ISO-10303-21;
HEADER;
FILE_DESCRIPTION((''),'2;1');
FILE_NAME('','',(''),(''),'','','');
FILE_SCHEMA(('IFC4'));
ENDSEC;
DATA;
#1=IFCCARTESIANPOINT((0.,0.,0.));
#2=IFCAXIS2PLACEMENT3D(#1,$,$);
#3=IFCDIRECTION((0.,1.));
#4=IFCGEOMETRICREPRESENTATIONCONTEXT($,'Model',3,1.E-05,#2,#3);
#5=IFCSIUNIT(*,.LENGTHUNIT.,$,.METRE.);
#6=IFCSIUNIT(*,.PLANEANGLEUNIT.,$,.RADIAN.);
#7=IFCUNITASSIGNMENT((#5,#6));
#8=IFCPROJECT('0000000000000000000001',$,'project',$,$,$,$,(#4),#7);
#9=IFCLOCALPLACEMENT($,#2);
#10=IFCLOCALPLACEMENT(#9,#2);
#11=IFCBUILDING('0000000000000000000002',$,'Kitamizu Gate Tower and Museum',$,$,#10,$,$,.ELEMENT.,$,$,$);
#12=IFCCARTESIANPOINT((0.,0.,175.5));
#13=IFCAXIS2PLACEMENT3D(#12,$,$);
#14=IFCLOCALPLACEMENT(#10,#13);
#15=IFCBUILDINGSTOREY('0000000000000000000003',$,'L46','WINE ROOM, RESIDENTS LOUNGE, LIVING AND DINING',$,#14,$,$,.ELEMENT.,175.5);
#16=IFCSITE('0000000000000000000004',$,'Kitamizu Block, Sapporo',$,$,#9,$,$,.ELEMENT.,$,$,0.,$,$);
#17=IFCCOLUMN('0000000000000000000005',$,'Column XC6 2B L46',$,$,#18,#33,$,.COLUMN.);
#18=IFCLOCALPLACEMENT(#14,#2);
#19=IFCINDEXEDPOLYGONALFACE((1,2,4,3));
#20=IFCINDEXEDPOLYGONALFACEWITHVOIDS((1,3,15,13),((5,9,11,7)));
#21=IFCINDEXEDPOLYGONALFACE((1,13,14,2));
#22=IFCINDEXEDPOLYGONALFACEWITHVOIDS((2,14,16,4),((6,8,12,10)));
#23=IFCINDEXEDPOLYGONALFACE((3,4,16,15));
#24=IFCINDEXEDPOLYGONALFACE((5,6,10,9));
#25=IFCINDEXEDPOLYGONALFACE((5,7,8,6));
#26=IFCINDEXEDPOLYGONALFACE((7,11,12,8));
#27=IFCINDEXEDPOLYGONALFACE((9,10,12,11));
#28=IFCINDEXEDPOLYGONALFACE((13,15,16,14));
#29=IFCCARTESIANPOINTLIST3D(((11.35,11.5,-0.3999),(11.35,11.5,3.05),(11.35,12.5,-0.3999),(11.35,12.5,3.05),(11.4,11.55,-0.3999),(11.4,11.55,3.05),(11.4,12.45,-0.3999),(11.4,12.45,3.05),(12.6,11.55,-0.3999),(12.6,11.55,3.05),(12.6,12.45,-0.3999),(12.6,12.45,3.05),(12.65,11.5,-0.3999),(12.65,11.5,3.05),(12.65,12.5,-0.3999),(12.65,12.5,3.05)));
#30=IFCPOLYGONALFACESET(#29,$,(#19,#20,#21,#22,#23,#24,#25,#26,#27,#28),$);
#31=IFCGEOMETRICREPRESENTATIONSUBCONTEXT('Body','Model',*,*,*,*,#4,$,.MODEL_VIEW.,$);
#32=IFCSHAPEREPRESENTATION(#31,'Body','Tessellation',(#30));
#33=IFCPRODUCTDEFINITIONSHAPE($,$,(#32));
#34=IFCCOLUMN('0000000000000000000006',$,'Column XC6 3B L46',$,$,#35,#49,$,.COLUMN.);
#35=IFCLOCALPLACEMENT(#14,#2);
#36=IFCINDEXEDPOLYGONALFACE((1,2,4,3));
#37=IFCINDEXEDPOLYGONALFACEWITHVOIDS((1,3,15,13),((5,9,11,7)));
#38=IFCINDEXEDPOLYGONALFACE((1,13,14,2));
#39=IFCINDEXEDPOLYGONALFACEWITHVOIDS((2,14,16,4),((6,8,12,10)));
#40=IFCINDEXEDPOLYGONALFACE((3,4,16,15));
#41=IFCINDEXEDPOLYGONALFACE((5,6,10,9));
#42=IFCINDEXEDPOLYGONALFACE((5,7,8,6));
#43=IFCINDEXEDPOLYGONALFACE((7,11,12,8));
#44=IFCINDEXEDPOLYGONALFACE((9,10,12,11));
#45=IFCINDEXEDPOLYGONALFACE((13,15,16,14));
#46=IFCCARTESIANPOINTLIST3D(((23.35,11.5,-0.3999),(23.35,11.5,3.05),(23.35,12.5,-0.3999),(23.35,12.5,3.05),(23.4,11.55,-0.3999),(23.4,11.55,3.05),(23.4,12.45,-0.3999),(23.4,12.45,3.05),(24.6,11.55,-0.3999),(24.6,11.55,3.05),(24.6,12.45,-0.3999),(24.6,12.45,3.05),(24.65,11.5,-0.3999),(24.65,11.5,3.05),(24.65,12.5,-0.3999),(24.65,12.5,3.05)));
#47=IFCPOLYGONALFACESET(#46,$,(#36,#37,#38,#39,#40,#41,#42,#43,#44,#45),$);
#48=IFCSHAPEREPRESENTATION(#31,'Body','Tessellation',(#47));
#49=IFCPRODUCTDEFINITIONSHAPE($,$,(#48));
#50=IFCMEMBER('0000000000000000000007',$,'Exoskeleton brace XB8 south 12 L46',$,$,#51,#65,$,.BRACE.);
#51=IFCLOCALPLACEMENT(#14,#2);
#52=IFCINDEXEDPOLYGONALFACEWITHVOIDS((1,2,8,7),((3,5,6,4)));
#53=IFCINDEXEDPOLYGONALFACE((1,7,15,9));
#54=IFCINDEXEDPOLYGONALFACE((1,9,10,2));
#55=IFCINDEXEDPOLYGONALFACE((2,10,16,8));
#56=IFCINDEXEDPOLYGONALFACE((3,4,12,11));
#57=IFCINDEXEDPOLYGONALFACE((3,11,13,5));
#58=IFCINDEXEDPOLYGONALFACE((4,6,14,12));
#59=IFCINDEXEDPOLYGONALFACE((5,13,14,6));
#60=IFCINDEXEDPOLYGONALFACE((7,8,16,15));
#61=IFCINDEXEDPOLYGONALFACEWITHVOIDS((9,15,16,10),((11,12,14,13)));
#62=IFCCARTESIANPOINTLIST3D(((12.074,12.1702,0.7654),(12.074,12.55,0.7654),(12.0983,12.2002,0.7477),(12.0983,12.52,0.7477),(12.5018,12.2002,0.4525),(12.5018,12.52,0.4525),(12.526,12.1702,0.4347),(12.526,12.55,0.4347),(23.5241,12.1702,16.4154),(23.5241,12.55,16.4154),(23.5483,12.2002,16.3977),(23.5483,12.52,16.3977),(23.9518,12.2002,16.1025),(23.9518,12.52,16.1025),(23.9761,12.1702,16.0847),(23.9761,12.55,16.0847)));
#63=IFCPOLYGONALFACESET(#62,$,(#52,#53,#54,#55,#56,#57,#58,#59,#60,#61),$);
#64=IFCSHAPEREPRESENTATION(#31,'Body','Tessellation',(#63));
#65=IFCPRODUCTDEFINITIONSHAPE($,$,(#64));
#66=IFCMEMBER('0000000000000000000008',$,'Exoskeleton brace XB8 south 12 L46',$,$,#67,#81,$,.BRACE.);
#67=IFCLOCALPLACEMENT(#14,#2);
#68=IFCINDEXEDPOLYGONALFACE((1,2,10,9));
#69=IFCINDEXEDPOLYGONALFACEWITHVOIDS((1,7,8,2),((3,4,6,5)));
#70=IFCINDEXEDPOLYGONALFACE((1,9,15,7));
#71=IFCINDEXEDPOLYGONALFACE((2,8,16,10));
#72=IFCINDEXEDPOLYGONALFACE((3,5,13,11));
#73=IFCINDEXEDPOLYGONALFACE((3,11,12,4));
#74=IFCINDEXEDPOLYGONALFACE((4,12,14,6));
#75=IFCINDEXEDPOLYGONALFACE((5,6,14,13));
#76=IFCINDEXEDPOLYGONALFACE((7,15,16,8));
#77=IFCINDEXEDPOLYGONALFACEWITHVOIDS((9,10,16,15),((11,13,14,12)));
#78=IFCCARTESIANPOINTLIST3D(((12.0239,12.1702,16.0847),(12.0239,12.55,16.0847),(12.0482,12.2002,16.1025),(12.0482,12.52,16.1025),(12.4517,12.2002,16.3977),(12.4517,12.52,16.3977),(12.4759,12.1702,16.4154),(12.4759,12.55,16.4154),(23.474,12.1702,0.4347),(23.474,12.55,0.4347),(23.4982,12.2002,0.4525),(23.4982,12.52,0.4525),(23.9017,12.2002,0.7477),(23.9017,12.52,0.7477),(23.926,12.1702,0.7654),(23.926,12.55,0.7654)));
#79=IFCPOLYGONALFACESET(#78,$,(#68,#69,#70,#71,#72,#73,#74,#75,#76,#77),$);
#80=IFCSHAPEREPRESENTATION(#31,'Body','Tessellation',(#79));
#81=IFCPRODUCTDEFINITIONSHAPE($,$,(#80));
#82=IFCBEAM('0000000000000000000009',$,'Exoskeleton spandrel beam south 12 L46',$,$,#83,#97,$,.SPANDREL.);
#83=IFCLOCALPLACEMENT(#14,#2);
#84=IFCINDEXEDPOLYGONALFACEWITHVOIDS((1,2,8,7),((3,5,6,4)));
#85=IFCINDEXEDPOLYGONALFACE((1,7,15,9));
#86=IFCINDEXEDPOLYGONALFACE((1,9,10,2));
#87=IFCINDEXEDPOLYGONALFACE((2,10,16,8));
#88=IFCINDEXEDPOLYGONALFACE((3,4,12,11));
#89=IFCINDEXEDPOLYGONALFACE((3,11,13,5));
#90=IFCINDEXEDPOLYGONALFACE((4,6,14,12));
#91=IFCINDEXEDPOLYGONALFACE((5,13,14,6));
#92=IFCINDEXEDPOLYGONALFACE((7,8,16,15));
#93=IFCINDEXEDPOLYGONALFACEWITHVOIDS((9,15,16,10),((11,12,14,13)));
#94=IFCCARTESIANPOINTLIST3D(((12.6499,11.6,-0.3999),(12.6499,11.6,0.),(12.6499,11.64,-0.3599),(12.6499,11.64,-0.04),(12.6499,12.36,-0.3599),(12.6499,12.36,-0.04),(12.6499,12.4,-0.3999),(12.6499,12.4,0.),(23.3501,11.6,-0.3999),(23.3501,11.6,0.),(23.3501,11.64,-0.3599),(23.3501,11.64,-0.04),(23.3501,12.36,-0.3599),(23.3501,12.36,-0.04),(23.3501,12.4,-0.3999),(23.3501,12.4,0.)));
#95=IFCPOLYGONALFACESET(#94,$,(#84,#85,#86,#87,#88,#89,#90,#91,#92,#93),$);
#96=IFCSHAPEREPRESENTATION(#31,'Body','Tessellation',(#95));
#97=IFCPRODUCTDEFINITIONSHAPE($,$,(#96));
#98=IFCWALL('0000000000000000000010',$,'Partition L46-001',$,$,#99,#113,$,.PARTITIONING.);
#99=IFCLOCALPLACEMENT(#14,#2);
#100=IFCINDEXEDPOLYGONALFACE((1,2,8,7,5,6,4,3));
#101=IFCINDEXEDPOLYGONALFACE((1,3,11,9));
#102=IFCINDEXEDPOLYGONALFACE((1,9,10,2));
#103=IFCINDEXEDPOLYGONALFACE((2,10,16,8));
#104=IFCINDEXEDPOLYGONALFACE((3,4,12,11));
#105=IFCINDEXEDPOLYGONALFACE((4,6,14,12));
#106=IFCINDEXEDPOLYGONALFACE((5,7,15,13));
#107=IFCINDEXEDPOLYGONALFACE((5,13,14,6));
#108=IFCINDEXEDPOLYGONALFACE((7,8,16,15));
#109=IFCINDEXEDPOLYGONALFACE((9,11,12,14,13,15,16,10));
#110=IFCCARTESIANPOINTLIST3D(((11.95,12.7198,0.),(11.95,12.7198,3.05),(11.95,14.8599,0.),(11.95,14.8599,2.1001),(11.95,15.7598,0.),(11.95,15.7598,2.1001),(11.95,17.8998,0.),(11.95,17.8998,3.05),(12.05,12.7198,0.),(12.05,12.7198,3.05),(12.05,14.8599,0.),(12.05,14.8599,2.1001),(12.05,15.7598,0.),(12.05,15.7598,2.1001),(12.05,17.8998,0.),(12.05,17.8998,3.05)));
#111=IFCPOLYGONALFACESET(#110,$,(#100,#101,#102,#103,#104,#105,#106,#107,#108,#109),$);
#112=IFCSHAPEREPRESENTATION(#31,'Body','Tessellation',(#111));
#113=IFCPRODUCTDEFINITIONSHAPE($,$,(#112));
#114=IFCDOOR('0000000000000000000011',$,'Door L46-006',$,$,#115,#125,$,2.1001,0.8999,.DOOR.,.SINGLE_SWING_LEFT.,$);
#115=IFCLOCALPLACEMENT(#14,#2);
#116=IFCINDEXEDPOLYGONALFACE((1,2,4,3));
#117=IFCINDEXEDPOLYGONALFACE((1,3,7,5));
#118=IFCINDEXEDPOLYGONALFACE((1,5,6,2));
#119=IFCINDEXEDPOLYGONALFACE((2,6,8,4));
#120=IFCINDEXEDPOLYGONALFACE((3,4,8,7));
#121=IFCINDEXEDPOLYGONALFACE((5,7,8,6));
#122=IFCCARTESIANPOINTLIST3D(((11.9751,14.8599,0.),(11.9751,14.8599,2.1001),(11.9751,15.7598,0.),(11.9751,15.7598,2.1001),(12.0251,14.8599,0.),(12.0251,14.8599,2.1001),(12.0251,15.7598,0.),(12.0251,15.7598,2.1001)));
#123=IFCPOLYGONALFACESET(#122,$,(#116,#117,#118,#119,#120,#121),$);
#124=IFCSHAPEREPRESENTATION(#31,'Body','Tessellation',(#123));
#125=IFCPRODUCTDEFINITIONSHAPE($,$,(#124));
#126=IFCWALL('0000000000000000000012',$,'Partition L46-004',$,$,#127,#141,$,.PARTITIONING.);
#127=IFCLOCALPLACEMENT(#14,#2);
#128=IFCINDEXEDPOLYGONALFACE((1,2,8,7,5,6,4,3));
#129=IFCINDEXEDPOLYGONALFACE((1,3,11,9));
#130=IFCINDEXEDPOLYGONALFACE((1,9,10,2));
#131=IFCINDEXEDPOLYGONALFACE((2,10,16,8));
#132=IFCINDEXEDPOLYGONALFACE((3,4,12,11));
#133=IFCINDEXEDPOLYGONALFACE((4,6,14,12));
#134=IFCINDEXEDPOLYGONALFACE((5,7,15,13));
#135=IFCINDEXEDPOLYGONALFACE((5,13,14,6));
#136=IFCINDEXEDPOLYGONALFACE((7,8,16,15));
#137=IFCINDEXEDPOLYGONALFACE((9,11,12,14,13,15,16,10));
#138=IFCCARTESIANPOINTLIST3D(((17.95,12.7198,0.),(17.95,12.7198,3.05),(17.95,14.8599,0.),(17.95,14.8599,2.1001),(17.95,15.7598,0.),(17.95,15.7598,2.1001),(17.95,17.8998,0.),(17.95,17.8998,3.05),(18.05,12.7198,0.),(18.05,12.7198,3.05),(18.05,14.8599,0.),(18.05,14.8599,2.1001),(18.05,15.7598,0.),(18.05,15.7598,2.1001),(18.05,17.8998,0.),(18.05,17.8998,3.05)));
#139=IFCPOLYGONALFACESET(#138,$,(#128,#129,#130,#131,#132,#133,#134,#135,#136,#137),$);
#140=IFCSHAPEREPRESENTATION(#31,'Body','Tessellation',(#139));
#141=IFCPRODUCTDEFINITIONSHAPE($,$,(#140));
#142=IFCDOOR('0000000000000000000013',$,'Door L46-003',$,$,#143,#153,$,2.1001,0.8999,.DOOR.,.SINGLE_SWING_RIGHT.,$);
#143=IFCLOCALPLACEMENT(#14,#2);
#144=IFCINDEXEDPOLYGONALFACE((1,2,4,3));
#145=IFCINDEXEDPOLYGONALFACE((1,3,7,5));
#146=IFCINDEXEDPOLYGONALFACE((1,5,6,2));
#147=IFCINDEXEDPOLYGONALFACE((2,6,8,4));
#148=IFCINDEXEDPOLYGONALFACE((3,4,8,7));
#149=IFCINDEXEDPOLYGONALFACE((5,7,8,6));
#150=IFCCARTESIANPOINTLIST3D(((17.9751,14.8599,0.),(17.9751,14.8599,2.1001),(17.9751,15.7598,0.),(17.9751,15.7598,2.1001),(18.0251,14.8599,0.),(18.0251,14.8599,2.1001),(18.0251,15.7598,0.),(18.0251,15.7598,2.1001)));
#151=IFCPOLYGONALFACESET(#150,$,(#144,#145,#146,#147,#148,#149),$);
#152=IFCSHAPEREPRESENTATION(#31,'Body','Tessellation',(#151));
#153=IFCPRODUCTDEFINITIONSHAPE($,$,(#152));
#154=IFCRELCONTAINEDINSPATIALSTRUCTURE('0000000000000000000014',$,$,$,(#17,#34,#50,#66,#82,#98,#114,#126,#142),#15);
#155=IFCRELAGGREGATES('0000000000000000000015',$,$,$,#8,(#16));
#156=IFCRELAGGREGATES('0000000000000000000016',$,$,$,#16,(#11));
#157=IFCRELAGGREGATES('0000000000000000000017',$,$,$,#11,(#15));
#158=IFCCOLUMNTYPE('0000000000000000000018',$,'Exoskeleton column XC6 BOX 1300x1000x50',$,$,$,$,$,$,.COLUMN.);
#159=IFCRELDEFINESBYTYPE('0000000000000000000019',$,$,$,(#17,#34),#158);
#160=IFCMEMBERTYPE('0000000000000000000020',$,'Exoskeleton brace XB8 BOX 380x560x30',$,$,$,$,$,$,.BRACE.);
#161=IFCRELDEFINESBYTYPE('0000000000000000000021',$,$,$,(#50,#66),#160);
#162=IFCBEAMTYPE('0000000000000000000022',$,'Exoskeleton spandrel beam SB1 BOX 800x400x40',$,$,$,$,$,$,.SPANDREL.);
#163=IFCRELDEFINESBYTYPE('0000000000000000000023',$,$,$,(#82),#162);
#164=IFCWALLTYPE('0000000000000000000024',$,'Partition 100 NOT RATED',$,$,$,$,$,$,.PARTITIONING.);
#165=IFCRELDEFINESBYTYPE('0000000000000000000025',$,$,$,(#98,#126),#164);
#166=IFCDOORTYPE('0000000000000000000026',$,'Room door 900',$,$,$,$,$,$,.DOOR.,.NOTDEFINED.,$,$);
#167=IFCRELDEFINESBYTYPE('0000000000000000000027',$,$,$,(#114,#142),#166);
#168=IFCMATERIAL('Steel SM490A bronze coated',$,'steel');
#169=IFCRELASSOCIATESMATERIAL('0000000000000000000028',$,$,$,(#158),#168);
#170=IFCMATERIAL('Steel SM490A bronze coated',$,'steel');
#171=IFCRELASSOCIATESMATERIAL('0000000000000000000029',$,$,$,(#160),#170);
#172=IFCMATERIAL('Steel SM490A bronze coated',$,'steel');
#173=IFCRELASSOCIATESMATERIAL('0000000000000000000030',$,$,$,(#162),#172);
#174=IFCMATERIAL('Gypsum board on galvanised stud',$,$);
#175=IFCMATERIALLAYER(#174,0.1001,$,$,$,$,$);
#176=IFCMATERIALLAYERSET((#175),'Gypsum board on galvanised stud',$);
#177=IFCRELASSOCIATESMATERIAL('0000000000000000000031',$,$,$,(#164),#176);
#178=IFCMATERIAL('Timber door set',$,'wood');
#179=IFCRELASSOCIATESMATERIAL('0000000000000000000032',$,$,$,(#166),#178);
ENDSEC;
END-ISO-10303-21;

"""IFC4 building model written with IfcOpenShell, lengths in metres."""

from ifc_helpers import new_model, si_unit, direction, frame, frame_2d, origin, origin_2d, place, context, subcontext, project, spatial, rectangle, hollow_rectangle, extrude, material, layer, layer_set, material_profile, profile_set, type_object, element, fill, save


model = new_model("IFC4")

# Units and contexts
model_context = context("Model", 3, precision=1e-05, world=origin(), true_north=direction((0.0, 1.0)))
body_context = subcontext(model_context, "Body", "Model", "MODEL_VIEW")
ifc_project = project(units=[si_unit("LENGTHUNIT", "METRE"), si_unit("PLANEANGLEUNIT", "RADIAN")], contexts=[model_context])

# Site, building, storey
site_placement = place(None, origin())
site = spatial("IfcSite", under=ifc_project, at=site_placement, Name="Kitamizu Block, Sapporo", CompositionType="ELEMENT", RefElevation=0.0)
building_placement = place(site_placement, origin())
building = spatial("IfcBuilding", under=site, at=building_placement, Name="Kitamizu Gate Tower and Museum", CompositionType="ELEMENT")
storey_placement = place(building_placement, frame((0.0, 0.0, 175.5)))
storey = spatial("IfcBuildingStorey", under=building, at=storey_placement, Name="L46", Description="WINE ROOM, RESIDENTS LOUNGE, LIVING AND DINING", CompositionType="ELEMENT", Elevation=175.5)

# Columns
ifc_material_1 = material(Name="Steel SM490A bronze coated", Category="steel")
ifc_material_profile_1 = material_profile(ifc_material_1, hollow_rectangle(XDim=1.3, YDim=1.0, WallThickness=0.05, at=origin_2d()), Name="BOX 1300x1000x50")
ifc_profile_set_1 = profile_set([ifc_material_profile_1], Name="Steel SM490A bronze coated")
column_type = type_object("IfcColumnType", Name="Exoskeleton column XC6 BOX 1300x1000x50", PredefinedType="COLUMN", material=ifc_profile_set_1)
for number, where, z_axis, x_axis, name in (
    (1, (12.0, 12.0, -0.3999), (0.0, 0.0, 1.0), (1.0, 0.0, 0.0), "Column XC6 2B L46"),
    (2, (24.0, 12.0, -0.3999), (0.0, 0.0, 1.0), (1.0, 0.0, 0.0), "Column XC6 3B L46"),
):
    element("IfcColumn", number, at=place(storey_placement, frame(where, z_axis=z_axis, x_axis=x_axis)), inside=storey, type_object=column_type, Name=name, PredefinedType="COLUMN", context=body_context, shape_type="SweptSolid", body=[
        extrude(hollow_rectangle(XDim=1.3, YDim=1.0, WallThickness=0.05, at=origin_2d()), origin(), (0.0, 0.0, 1.0), 3.45),
    ])

# Members
ifc_material_2 = material(Name="Steel SM490A bronze coated", Category="steel")
ifc_material_profile_2 = material_profile(ifc_material_2, hollow_rectangle(XDim=0.3799, YDim=0.5601, WallThickness=0.03, at=origin_2d()), Name="BOX 380x560x30")
ifc_profile_set_2 = profile_set([ifc_material_profile_2], Name="Steel SM490A bronze coated")
member_type = type_object("IfcMemberType", Name="Exoskeleton brace XB8 BOX 380x560x30", PredefinedType="BRACE", material=ifc_profile_set_2)
for number, where, z_axis, x_axis, name in (
    (3, (12.3, 12.3601, 0.6001), (0.59047, 0.0, 0.80706), (0.0, 1.0, 0.0), "Exoskeleton brace XB8 south 12 L46"),
    (4, (23.7, 12.3601, 0.6001), (-0.59047, 0.0, 0.80706), (0.0, -1.0, 0.0), "Exoskeleton brace XB8 south 12 L46"),
):
    element("IfcMember", number, at=place(storey_placement, frame(where, z_axis=z_axis, x_axis=x_axis)), inside=storey, type_object=member_type, Name=name, PredefinedType="BRACE", context=body_context, shape_type="SweptSolid", body=[
        extrude(hollow_rectangle(XDim=0.3799, YDim=0.5601, WallThickness=0.03, at=origin_2d()), origin(), (0.0, 0.0, 1.0), 19.3914),
    ])

# Beam
ifc_material_3 = material(Name="Steel SM490A bronze coated", Category="steel")
ifc_material_profile_3 = material_profile(ifc_material_3, hollow_rectangle(XDim=0.8, YDim=0.3999, WallThickness=0.04, at=origin_2d()), Name="BOX 800x400x40")
ifc_profile_set_3 = profile_set([ifc_material_profile_3], Name="Steel SM490A bronze coated")
beam_type = type_object("IfcBeamType", Name="Exoskeleton spandrel beam SB1 BOX 800x400x40", PredefinedType="SPANDREL", material=ifc_profile_set_3)
beam_placement = place(storey_placement, frame((12.6499, 12.0, -0.2), z_axis=(1.0, 0.0, 0.0), x_axis=(0.0, 1.0, 0.0)))
element("IfcBeam", 5, at=beam_placement, inside=storey, type_object=beam_type, Name="Exoskeleton spandrel beam south 12 L46", PredefinedType="SPANDREL", context=body_context, shape_type="SweptSolid", body=[
    extrude(hollow_rectangle(XDim=0.8, YDim=0.3999, WallThickness=0.04, at=origin_2d()), origin(), (0.0, 0.0, 1.0), 10.7002),
])

# Walls, openings, doors
ifc_material_4 = material(Name="Gypsum board on galvanised stud")
ifc_layer_1 = layer(ifc_material_4, 0.1001)
ifc_layer_set_1 = layer_set([ifc_layer_1], Name="Gypsum board on galvanised stud")
wall_type_1 = type_object("IfcWallType", Name="Partition 100 NOT RATED", PredefinedType="PARTITIONING", material=ifc_layer_set_1)
wall_1_placement = place(storey_placement, frame((12.0, 12.72, 0.0), z_axis=(0.0, 0.0, 1.0), x_axis=(0.0, 1.0, 0.0)))
wall_1 = element("IfcWall", 6, at=wall_1_placement, inside=storey, type_object=wall_type_1, Name="Partition L46-001", PredefinedType="PARTITIONING", context=body_context, shape_type="SweptSolid", body=[
    extrude(rectangle(XDim=5.1799, YDim=0.1001, at=frame_2d((2.5898, 0.0))), origin(), (0.0, 0.0, 1.0), 3.05),
])
opening_1_placement = place(wall_1_placement, frame((2.1399, 0.0, 0.0)))
opening_1 = element("IfcOpeningElement", 7, at=opening_1_placement, cuts=wall_1, PredefinedType="OPENING", context=body_context, shape_type="SweptSolid", body=[
    extrude(rectangle(XDim=0.8999, YDim=2.1001, at=frame_2d((0.45, 1.05))), frame((0.0, 0.0601, 0.0), z_axis=(0.0, -1.0, 0.0), x_axis=(1.0, 0.0, 0.0)), (0.0, 0.0, 1.0), 0.1201),
])
ifc_material_5 = material(Name="Timber door set", Category="wood")
door_type_1 = type_object("IfcDoorType", Name="Room door 900", OperationType="NOTDEFINED", PredefinedType="DOOR", material=ifc_material_5)
door_1_placement = place(opening_1_placement, origin())
door_1 = element("IfcDoor", 8, at=door_1_placement, inside=storey, type_object=door_type_1, Name="Door L46-006", OperationType="SINGLE_SWING_LEFT", OverallHeight=2.1001, OverallWidth=0.8999, PredefinedType="DOOR", context=body_context, shape_type="SweptSolid", body=[
    extrude(rectangle(XDim=0.8999, YDim=2.1001, at=frame_2d((0.45, 1.05))), frame((0.0, 0.0249, 0.0), z_axis=(0.0, -1.0, 0.0), x_axis=(1.0, 0.0, 0.0)), (0.0, 0.0, 1.0), 0.05),
])
fill(opening_1, door_1)
wall_2_placement = place(storey_placement, frame((18.0, 12.72, 0.0), z_axis=(0.0, 0.0, 1.0), x_axis=(0.0, 1.0, 0.0)))
wall_2 = element("IfcWall", 9, at=wall_2_placement, inside=storey, type_object=wall_type_1, Name="Partition L46-004", PredefinedType="PARTITIONING", context=body_context, shape_type="SweptSolid", body=[
    extrude(rectangle(XDim=5.1799, YDim=0.1001, at=frame_2d((2.5898, 0.0))), origin(), (0.0, 0.0, 1.0), 3.05),
])
opening_2_placement = place(wall_2_placement, frame((2.1399, 0.0, 0.0)))
opening_2 = element("IfcOpeningElement", 10, at=opening_2_placement, cuts=wall_2, PredefinedType="OPENING", context=body_context, shape_type="SweptSolid", body=[
    extrude(rectangle(XDim=0.8999, YDim=2.1001, at=frame_2d((0.45, 1.05))), frame((0.0, 0.0601, 0.0), z_axis=(0.0, -1.0, 0.0), x_axis=(1.0, 0.0, 0.0)), (0.0, 0.0, 1.0), 0.1201),
])
door_2_placement = place(opening_2_placement, origin())
door_2 = element("IfcDoor", 11, at=door_2_placement, inside=storey, type_object=door_type_1, Name="Door L46-003", OperationType="SINGLE_SWING_RIGHT", OverallHeight=2.1001, OverallWidth=0.8999, PredefinedType="DOOR", context=body_context, shape_type="SweptSolid", body=[
    extrude(rectangle(XDim=0.8999, YDim=2.1001, at=frame_2d((0.45, 1.05))), frame((0.0, 0.0249, 0.0), z_axis=(0.0, -1.0, 0.0), x_axis=(1.0, 0.0, 0.0)), (0.0, 0.0, 1.0), 0.05),
])
fill(opening_2, door_2)

save(model, "model.ifc")
